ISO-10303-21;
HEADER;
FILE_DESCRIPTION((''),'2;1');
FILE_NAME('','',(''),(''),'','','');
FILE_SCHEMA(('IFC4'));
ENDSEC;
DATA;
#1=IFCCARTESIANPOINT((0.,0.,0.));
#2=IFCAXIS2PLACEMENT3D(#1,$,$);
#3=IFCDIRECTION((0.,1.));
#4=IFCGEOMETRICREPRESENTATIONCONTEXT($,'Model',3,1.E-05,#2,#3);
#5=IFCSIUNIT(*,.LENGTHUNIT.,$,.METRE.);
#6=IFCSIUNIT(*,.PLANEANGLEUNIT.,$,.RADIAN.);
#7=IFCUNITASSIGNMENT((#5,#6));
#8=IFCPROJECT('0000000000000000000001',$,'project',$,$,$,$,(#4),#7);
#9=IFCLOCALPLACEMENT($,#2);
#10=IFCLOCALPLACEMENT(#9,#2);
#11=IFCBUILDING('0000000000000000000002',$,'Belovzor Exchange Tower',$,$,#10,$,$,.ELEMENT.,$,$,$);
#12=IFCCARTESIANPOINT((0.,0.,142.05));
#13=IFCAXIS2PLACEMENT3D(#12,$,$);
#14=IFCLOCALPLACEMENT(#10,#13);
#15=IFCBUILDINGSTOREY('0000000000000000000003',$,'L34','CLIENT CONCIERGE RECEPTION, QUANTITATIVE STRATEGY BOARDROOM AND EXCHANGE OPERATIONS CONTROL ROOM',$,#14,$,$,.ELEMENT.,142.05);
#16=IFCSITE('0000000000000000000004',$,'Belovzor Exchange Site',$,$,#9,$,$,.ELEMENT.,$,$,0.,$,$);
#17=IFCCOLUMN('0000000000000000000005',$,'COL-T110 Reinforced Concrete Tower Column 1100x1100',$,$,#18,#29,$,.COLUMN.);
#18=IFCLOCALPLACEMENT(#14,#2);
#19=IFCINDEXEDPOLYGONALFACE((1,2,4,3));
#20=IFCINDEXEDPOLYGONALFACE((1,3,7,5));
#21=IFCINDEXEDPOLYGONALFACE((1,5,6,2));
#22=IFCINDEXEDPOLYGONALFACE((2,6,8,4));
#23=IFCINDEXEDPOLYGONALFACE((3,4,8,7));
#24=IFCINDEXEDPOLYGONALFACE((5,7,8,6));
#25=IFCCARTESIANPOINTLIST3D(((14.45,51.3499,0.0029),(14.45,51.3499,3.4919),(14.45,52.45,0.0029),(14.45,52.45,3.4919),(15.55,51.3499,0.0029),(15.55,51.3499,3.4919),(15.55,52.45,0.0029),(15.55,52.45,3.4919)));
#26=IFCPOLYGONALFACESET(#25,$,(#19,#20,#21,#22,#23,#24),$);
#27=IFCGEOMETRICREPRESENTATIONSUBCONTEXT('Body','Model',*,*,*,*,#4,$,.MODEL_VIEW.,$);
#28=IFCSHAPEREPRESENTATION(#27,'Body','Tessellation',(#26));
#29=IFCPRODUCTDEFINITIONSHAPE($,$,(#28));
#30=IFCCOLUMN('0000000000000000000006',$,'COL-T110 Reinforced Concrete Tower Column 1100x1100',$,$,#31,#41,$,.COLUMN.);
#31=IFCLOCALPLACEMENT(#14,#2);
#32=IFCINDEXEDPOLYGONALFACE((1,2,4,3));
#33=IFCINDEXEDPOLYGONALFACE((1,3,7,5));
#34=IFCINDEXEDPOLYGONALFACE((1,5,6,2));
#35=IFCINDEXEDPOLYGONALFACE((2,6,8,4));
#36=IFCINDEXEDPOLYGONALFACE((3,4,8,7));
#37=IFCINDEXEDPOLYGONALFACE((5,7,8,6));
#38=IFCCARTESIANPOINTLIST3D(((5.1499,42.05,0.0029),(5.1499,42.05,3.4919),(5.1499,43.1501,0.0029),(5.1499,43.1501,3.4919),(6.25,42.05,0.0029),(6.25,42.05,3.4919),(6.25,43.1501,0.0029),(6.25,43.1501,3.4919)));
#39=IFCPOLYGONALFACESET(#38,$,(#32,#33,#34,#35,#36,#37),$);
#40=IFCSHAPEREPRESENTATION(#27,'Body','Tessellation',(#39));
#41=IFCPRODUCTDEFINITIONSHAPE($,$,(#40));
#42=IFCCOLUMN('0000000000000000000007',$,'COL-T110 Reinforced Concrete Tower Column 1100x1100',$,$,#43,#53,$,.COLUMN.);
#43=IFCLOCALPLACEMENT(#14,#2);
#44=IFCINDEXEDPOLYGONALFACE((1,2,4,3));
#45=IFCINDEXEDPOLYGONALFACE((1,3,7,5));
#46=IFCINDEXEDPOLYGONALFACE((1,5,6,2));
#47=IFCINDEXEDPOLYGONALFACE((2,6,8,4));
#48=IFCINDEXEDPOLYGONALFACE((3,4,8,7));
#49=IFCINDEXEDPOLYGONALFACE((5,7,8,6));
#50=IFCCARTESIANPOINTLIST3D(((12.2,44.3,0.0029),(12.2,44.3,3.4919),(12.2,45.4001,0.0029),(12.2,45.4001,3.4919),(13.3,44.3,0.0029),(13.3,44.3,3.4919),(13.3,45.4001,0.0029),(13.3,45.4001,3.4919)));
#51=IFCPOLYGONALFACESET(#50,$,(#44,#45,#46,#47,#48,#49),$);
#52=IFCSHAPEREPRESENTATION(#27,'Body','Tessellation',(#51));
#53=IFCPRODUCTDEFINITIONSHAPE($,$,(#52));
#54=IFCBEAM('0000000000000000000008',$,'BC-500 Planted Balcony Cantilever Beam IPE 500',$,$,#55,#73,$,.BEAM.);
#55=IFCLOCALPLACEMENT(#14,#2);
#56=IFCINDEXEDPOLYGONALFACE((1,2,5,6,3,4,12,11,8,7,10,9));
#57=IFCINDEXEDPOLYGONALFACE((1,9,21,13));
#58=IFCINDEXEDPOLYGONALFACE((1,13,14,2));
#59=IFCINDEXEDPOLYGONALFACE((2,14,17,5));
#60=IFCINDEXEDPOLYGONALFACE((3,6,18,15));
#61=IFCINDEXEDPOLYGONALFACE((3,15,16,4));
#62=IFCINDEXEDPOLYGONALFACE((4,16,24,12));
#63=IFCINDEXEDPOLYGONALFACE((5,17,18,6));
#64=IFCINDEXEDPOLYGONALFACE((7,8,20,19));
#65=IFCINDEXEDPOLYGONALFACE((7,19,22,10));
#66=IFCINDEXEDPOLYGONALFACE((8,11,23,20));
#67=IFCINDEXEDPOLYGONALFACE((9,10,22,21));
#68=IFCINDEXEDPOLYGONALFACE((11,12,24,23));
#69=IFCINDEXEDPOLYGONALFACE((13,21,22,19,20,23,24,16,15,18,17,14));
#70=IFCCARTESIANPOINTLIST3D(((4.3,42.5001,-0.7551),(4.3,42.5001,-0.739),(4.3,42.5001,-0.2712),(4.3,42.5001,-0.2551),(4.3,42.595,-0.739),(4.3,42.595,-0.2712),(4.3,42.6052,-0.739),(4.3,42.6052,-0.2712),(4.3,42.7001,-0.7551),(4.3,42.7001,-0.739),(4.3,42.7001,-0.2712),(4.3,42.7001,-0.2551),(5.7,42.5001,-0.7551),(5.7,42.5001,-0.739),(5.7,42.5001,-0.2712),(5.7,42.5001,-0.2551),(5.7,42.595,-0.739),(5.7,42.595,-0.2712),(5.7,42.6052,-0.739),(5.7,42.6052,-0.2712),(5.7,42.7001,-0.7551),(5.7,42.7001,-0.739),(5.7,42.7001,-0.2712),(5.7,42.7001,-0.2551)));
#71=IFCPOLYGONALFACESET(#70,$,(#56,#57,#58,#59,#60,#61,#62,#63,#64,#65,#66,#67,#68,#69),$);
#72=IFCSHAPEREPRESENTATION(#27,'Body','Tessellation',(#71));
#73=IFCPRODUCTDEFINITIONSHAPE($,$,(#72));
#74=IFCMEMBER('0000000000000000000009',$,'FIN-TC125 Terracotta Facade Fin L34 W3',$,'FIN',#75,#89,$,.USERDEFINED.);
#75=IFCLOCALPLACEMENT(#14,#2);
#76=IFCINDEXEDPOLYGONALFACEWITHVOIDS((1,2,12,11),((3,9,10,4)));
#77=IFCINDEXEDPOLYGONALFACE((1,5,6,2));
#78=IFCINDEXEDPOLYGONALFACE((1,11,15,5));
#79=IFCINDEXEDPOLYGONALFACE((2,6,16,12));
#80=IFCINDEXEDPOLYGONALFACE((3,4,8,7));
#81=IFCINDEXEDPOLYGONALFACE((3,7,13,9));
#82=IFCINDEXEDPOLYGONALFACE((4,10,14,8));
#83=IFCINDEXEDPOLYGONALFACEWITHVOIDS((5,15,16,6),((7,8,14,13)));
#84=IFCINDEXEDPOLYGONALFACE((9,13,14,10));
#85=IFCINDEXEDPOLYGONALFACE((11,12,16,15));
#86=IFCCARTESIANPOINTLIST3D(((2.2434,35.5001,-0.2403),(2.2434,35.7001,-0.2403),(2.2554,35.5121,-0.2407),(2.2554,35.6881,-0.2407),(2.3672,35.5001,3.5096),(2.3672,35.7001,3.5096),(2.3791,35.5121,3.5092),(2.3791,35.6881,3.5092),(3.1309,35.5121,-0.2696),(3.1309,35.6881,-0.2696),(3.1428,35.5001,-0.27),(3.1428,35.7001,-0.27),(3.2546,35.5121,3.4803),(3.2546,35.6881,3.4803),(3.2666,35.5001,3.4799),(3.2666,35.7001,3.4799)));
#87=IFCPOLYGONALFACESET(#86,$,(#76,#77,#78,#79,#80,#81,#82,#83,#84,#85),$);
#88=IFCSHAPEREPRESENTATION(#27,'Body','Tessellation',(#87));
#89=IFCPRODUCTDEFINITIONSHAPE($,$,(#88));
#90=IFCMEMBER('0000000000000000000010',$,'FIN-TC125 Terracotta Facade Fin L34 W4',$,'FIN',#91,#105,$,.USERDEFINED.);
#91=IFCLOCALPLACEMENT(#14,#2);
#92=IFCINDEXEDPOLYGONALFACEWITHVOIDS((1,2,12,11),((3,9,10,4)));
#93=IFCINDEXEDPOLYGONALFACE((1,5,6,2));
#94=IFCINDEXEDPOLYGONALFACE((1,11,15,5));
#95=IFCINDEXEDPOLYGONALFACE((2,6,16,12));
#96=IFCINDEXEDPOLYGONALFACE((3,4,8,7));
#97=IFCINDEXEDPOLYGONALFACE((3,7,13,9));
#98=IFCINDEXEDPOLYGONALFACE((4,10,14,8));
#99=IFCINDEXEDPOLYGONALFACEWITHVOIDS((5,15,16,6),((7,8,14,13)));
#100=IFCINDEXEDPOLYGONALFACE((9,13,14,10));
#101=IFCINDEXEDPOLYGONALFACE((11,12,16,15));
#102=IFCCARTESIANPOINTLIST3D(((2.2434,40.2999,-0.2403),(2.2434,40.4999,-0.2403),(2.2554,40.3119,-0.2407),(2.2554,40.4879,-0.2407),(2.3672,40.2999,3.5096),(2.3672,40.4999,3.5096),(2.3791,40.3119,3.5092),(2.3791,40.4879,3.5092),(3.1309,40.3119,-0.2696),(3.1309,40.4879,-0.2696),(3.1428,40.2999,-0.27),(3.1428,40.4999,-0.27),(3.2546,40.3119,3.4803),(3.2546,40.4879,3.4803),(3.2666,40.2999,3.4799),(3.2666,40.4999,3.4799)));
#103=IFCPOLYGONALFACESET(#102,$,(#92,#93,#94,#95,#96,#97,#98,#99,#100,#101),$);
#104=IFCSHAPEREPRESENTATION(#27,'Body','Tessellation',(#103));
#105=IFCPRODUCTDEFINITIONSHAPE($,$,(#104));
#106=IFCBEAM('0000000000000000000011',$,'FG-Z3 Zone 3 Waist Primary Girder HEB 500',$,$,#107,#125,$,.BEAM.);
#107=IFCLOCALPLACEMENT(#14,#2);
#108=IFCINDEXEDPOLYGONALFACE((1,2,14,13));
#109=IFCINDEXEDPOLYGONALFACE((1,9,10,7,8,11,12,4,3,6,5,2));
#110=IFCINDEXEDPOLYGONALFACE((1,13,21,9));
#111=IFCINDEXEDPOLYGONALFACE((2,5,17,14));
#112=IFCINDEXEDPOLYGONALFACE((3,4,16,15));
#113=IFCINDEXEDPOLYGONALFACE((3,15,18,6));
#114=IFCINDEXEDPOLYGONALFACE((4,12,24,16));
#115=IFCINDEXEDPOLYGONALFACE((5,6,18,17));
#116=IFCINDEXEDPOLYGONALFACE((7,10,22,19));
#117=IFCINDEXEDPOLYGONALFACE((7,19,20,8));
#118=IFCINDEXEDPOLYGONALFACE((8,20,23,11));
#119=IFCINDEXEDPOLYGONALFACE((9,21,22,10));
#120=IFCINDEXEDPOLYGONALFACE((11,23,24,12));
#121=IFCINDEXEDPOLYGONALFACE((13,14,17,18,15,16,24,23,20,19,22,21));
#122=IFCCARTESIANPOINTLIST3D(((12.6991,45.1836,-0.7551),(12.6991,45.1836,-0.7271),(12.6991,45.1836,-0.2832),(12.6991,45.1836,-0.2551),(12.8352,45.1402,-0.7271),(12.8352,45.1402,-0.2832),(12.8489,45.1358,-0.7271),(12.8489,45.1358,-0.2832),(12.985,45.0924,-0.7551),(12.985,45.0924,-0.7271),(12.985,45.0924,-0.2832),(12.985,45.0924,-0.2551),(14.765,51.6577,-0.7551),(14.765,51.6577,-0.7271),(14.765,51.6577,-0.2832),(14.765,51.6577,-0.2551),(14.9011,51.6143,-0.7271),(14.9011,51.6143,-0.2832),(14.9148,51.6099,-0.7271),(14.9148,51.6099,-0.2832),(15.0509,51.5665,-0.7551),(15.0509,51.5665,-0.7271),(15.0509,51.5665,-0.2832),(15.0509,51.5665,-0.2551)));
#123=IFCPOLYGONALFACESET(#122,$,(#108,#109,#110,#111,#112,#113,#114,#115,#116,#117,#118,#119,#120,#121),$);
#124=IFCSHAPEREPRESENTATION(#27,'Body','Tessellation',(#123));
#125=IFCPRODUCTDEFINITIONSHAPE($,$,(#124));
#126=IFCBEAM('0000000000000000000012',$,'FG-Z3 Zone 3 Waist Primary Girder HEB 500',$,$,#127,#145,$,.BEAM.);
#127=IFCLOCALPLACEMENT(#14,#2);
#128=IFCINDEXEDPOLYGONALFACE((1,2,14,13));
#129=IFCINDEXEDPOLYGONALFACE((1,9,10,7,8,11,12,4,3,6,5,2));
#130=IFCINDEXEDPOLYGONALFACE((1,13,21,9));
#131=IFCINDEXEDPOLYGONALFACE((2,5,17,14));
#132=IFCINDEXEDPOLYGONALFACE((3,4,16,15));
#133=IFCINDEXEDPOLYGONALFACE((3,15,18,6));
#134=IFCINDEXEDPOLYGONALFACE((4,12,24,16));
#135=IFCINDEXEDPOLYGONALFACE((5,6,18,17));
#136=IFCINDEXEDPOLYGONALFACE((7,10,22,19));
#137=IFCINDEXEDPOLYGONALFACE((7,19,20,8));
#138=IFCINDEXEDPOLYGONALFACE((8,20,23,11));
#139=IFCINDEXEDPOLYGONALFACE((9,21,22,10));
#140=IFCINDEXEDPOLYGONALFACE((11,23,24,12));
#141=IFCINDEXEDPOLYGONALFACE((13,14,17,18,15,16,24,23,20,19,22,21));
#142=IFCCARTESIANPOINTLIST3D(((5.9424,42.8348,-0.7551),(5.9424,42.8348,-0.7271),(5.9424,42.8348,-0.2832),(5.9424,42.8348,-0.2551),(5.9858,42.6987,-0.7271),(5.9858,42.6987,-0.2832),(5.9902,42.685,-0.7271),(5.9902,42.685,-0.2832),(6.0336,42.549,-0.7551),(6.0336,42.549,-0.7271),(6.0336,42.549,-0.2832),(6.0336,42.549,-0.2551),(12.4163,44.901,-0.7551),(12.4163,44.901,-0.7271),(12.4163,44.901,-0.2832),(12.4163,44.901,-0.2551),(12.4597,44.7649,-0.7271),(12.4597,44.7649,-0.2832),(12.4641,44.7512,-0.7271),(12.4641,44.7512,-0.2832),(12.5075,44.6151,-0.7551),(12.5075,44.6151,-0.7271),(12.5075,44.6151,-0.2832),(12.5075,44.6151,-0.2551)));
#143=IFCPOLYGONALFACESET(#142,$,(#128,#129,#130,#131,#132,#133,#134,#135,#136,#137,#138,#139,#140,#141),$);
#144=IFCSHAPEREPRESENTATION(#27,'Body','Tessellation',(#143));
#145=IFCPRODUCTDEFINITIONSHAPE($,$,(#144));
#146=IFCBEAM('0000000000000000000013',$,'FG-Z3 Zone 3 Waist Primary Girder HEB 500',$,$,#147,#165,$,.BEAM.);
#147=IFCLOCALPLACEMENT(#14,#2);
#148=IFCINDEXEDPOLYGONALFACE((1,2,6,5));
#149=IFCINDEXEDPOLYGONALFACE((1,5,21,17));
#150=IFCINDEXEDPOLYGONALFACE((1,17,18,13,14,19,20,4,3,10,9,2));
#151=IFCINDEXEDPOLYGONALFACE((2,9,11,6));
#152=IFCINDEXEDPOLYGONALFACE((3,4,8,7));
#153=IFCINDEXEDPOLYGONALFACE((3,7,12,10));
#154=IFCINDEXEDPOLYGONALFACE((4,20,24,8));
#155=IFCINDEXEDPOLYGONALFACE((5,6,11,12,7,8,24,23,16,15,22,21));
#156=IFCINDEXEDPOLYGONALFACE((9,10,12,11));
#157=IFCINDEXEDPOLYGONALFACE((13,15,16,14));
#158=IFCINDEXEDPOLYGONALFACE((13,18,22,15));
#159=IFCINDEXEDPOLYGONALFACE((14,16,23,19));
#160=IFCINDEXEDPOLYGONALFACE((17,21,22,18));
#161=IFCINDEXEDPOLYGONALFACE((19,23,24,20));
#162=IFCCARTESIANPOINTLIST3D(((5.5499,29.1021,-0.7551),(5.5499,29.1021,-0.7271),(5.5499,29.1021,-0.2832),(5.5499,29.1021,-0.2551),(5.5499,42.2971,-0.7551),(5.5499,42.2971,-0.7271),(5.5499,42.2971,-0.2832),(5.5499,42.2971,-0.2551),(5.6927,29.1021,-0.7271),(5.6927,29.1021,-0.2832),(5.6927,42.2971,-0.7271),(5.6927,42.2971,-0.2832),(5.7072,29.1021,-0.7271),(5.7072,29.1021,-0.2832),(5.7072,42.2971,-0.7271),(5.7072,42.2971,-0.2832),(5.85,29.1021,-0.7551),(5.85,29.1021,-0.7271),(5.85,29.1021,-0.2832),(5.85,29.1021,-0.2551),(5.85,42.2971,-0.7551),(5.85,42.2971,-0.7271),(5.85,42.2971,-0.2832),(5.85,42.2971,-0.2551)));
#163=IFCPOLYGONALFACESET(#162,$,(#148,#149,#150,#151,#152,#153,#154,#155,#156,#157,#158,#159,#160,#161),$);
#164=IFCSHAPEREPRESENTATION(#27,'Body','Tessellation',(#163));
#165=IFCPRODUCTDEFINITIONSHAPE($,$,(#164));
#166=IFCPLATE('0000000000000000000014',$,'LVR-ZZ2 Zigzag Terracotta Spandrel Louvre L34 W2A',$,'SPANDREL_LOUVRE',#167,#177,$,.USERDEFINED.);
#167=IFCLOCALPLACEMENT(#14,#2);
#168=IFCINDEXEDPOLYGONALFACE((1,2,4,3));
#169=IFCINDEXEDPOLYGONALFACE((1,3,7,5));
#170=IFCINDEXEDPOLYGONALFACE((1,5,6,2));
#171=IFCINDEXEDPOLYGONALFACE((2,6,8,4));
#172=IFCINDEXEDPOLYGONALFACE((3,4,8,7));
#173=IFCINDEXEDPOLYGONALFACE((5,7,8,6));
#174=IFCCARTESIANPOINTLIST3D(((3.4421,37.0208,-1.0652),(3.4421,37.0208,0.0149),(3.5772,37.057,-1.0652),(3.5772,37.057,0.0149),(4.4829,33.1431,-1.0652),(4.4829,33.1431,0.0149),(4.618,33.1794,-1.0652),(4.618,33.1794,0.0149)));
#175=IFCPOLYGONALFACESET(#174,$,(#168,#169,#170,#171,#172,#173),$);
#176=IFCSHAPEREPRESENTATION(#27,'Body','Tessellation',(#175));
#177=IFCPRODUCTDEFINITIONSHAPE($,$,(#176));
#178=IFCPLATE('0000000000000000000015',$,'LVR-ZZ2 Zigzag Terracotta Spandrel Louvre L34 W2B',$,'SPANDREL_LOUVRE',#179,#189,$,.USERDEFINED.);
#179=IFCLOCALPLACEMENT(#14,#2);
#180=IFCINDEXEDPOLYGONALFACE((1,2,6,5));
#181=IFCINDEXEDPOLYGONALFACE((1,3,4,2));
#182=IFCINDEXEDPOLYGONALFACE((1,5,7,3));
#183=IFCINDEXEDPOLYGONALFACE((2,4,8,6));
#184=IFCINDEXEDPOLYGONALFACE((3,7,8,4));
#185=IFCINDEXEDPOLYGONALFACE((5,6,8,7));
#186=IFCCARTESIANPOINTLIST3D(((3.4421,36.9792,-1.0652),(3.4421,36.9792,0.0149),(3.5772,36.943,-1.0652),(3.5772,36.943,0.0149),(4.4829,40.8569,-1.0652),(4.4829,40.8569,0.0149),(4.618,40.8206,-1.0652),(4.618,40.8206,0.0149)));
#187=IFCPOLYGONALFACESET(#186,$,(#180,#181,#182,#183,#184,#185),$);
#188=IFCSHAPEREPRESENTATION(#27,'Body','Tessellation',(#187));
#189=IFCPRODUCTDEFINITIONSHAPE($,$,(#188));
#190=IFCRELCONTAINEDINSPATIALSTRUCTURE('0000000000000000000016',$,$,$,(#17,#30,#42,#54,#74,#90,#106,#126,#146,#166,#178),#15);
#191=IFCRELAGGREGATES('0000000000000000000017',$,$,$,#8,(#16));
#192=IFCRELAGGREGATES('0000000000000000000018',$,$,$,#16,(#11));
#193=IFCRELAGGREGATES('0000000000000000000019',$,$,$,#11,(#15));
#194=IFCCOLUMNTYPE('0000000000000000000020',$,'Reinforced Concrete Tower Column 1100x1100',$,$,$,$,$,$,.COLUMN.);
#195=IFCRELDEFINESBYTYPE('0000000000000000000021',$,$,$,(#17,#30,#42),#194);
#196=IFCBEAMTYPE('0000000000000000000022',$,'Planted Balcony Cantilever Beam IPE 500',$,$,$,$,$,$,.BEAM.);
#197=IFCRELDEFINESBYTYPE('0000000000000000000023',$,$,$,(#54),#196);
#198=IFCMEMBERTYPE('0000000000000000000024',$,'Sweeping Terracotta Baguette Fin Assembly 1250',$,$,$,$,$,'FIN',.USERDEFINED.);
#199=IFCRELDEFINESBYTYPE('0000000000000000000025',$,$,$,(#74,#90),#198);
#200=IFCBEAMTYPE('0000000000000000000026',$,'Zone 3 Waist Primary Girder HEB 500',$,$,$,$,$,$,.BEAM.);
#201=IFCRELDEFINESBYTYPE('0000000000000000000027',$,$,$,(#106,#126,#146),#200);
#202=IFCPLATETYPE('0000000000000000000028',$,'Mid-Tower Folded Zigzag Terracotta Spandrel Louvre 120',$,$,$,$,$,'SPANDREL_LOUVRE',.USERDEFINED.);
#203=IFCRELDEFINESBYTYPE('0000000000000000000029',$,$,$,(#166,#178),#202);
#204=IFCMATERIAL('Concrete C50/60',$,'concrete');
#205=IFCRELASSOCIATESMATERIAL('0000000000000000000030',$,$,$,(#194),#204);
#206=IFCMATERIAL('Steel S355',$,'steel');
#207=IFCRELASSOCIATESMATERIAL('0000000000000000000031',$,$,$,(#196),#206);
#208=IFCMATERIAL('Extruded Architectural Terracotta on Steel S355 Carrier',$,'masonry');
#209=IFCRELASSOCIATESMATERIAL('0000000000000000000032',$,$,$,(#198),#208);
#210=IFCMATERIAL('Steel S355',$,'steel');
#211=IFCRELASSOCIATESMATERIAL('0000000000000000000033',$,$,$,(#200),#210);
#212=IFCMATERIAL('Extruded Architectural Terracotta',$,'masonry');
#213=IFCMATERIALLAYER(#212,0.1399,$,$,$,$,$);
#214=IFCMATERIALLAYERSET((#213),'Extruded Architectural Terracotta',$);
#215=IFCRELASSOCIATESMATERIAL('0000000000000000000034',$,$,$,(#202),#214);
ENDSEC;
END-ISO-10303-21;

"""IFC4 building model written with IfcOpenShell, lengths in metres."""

from ifc_helpers import new_model, si_unit, direction, frame, origin, origin_2d, place, context, subcontext, project, spatial, rectangle, hollow_rectangle, i_section, extrude, material, layer, layer_set, material_profile, profile_set, type_object, element, save


model = new_model("IFC4")

# Units and contexts
model_context = context("Model", 3, precision=1e-05, world=origin(), true_north=direction((0.0, 1.0)))
body_context = subcontext(model_context, "Body", "Model", "MODEL_VIEW")
ifc_project = project(units=[si_unit("LENGTHUNIT", "METRE"), si_unit("PLANEANGLEUNIT", "RADIAN")], contexts=[model_context])

# Site, building, storey
site_placement = place(None, origin())
site = spatial("IfcSite", under=ifc_project, at=site_placement, Name="Belovzor Exchange Site", CompositionType="ELEMENT", RefElevation=0.0)
building_placement = place(site_placement, origin())
building = spatial("IfcBuilding", under=site, at=building_placement, Name="Belovzor Exchange Tower", CompositionType="ELEMENT")
storey_placement = place(building_placement, frame((0.0, 0.0, 142.05)))
storey = spatial("IfcBuildingStorey", under=building, at=storey_placement, Name="L34", Description="CLIENT CONCIERGE RECEPTION, QUANTITATIVE STRATEGY BOARDROOM AND EXCHANGE OPERATIONS CONTROL ROOM", CompositionType="ELEMENT", Elevation=142.05)

# Columns
ifc_material_1 = material(Name="Concrete C50/60", Category="concrete")
ifc_material_profile_1 = material_profile(ifc_material_1, rectangle(XDim=1.1001, YDim=1.1001, at=origin_2d()))
ifc_profile_set_1 = profile_set([ifc_material_profile_1], Name="Concrete C50/60")
column_type = type_object("IfcColumnType", Name="Reinforced Concrete Tower Column 1100x1100", PredefinedType="COLUMN", material=ifc_profile_set_1)
for number, where, z_axis, x_axis, name in (
    (1, (15.0, 51.8999, 0.0029), (0.0, 0.0, 1.0), (1.0, 0.0, 0.0), "COL-T110 Reinforced Concrete Tower Column 1100x1100"),
    (2, (5.7, 42.6001, 0.0029), (0.0, 0.0, 1.0), (1.0, 0.0, 0.0), "COL-T110 Reinforced Concrete Tower Column 1100x1100"),
    (3, (12.75, 44.8501, 0.0029), (0.0, 0.0, 1.0), (1.0, 0.0, 0.0), "COL-T110 Reinforced Concrete Tower Column 1100x1100"),
):
    element("IfcColumn", number, at=place(storey_placement, frame(where, z_axis=z_axis, x_axis=x_axis)), inside=storey, type_object=column_type, Name=name, PredefinedType="COLUMN", context=body_context, shape_type="SweptSolid", body=[
        extrude(rectangle(XDim=1.1001, YDim=1.1001, at=origin_2d()), origin(), (0.0, 0.0, 1.0), 3.489),
    ])

# Beam
ifc_material_2 = material(Name="Steel S355", Category="steel")
ifc_material_profile_2 = material_profile(ifc_material_2, i_section(OverallWidth=0.2, OverallDepth=0.5, WebThickness=0.0103, FlangeThickness=0.0161, at=origin_2d()))
ifc_profile_set_2 = profile_set([ifc_material_profile_2], Name="Steel S355")
beam_type_1 = type_object("IfcBeamType", Name="Planted Balcony Cantilever Beam IPE 500", PredefinedType="BEAM", material=ifc_profile_set_2)
beam_1_placement = place(storey_placement, frame((5.7, 42.6001, -0.5051), z_axis=(-1.0, 0.0, 0.0), x_axis=(0.0, -1.0, 0.0)))
element("IfcBeam", 4, at=beam_1_placement, inside=storey, type_object=beam_type_1, Name="BC-500 Planted Balcony Cantilever Beam IPE 500", PredefinedType="BEAM", context=body_context, shape_type="SweptSolid", body=[
    extrude(i_section(OverallWidth=0.2, OverallDepth=0.5, WebThickness=0.0103, FlangeThickness=0.0161, at=origin_2d()), origin(), (0.0, 0.0, 1.0), 1.3999),
])

# Members
ifc_material_3 = material(Name="Extruded Architectural Terracotta on Steel S355 Carrier", Category="masonry")
ifc_material_profile_3 = material_profile(ifc_material_3, hollow_rectangle(XDim=0.2, YDim=0.8999, WallThickness=0.012, at=origin_2d()))
ifc_profile_set_3 = profile_set([ifc_material_profile_3], Name="Extruded Architectural Terracotta on Steel S355 Carrier")
member_type = type_object("IfcMemberType", Name="Sweeping Terracotta Baguette Fin Assembly 1250", ElementType="FIN", PredefinedType="USERDEFINED", material=ifc_profile_set_3)
for number, where, z_axis, x_axis, name in (
    (5, (2.6931, 35.6001, -0.2551), (0.03299, 0.0, 0.999456), (0.0, 1.0, 0.0), "FIN-TC125 Terracotta Facade Fin L34 W3"),
    (6, (2.6931, 40.3999, -0.2551), (0.03299, 0.0, 0.999456), (0.0, 1.0, 0.0), "FIN-TC125 Terracotta Facade Fin L34 W4"),
):
    element("IfcMember", number, at=place(storey_placement, frame(where, z_axis=z_axis, x_axis=x_axis)), inside=storey, type_object=member_type, Name=name, ObjectType="FIN", PredefinedType="USERDEFINED", context=body_context, shape_type="SweptSolid", body=[
        extrude(hollow_rectangle(XDim=0.2, YDim=0.8999, WallThickness=0.012, at=origin_2d()), origin(), (0.0, 0.0, 1.0), 3.752),
    ])

# Beams
ifc_material_4 = material(Name="Steel S355", Category="steel")
ifc_material_profile_4 = material_profile(ifc_material_4, i_section(OverallWidth=0.3, OverallDepth=0.5, WebThickness=0.0144, FlangeThickness=0.0281, at=origin_2d()))
ifc_profile_set_4 = profile_set([ifc_material_profile_4], Name="Steel S355")
beam_type_2 = type_object("IfcBeamType", Name="Zone 3 Waist Primary Girder HEB 500", PredefinedType="BEAM", material=ifc_profile_set_4)
for number, where, z_axis, x_axis, name in (
    (7, (14.908, 51.6121, -0.5051), (-0.304001, -0.952672, 0.0), (0.952672, -0.304001, 0.0), "FG-Z3 Zone 3 Waist Primary Girder HEB 500"),
    (8, (12.4619, 44.7581, -0.5051), (-0.952658, -0.304044, 0.0), (0.304044, -0.952658, 0.0), "FG-Z3 Zone 3 Waist Primary Girder HEB 500"),
):
    element("IfcBeam", number, at=place(storey_placement, frame(where, z_axis=z_axis, x_axis=x_axis)), inside=storey, type_object=beam_type_2, Name=name, PredefinedType="BEAM", context=body_context, shape_type="SweptSolid", body=[
        extrude(i_section(OverallWidth=0.3, OverallDepth=0.5, WebThickness=0.0144, FlangeThickness=0.0281, at=origin_2d()), origin(), (0.0, 0.0, 1.0), 6.7957),
    ])
beam_2_placement = place(storey_placement, frame((5.7, 42.2971, -0.5051), z_axis=(0.0, -1.0, 0.0), x_axis=(1.0, 0.0, 0.0)))
element("IfcBeam", 9, at=beam_2_placement, inside=storey, type_object=beam_type_2, Name="FG-Z3 Zone 3 Waist Primary Girder HEB 500", PredefinedType="BEAM", context=body_context, shape_type="SweptSolid", body=[
    extrude(i_section(OverallWidth=0.3, OverallDepth=0.5, WebThickness=0.0144, FlangeThickness=0.0281, at=origin_2d()), origin(), (0.0, 0.0, 1.0), 13.1951),
])

# Plates
ifc_material_5 = material(Name="Extruded Architectural Terracotta", Category="masonry")
ifc_layer_1 = layer(ifc_material_5, 0.1399)
ifc_layer_set_1 = layer_set([ifc_layer_1], Name="Extruded Architectural Terracotta")
plate_type = type_object("IfcPlateType", Name="Mid-Tower Folded Zigzag Terracotta Spandrel Louvre 120", ElementType="SPANDREL_LOUVRE", PredefinedType="USERDEFINED", material=ifc_layer_set_1)
for number, where, z_axis, x_axis, name in (
    (10, (4.03, 35.1001, -1.0652), (0.0, 0.0, 1.0), (-0.25924, 0.965813, 0.0), "LVR-ZZ2 Zigzag Terracotta Spandrel Louvre L34 W2A"),
    (11, (4.03, 38.8999, -1.0652), (0.0, 0.0, 1.0), (0.25924, 0.965813, 0.0), "LVR-ZZ2 Zigzag Terracotta Spandrel Louvre L34 W2B"),
):
    element("IfcPlate", number, at=place(storey_placement, frame(where, z_axis=z_axis, x_axis=x_axis)), inside=storey, type_object=plate_type, Name=name, ObjectType="SPANDREL_LOUVRE", PredefinedType="USERDEFINED", context=body_context, shape_type="SweptSolid", body=[
        extrude(rectangle(XDim=4.0149, YDim=0.1399, at=origin_2d()), origin(), (0.0, 0.0, 1.0), 1.0801),
    ])

save(model, "model.ifc")
